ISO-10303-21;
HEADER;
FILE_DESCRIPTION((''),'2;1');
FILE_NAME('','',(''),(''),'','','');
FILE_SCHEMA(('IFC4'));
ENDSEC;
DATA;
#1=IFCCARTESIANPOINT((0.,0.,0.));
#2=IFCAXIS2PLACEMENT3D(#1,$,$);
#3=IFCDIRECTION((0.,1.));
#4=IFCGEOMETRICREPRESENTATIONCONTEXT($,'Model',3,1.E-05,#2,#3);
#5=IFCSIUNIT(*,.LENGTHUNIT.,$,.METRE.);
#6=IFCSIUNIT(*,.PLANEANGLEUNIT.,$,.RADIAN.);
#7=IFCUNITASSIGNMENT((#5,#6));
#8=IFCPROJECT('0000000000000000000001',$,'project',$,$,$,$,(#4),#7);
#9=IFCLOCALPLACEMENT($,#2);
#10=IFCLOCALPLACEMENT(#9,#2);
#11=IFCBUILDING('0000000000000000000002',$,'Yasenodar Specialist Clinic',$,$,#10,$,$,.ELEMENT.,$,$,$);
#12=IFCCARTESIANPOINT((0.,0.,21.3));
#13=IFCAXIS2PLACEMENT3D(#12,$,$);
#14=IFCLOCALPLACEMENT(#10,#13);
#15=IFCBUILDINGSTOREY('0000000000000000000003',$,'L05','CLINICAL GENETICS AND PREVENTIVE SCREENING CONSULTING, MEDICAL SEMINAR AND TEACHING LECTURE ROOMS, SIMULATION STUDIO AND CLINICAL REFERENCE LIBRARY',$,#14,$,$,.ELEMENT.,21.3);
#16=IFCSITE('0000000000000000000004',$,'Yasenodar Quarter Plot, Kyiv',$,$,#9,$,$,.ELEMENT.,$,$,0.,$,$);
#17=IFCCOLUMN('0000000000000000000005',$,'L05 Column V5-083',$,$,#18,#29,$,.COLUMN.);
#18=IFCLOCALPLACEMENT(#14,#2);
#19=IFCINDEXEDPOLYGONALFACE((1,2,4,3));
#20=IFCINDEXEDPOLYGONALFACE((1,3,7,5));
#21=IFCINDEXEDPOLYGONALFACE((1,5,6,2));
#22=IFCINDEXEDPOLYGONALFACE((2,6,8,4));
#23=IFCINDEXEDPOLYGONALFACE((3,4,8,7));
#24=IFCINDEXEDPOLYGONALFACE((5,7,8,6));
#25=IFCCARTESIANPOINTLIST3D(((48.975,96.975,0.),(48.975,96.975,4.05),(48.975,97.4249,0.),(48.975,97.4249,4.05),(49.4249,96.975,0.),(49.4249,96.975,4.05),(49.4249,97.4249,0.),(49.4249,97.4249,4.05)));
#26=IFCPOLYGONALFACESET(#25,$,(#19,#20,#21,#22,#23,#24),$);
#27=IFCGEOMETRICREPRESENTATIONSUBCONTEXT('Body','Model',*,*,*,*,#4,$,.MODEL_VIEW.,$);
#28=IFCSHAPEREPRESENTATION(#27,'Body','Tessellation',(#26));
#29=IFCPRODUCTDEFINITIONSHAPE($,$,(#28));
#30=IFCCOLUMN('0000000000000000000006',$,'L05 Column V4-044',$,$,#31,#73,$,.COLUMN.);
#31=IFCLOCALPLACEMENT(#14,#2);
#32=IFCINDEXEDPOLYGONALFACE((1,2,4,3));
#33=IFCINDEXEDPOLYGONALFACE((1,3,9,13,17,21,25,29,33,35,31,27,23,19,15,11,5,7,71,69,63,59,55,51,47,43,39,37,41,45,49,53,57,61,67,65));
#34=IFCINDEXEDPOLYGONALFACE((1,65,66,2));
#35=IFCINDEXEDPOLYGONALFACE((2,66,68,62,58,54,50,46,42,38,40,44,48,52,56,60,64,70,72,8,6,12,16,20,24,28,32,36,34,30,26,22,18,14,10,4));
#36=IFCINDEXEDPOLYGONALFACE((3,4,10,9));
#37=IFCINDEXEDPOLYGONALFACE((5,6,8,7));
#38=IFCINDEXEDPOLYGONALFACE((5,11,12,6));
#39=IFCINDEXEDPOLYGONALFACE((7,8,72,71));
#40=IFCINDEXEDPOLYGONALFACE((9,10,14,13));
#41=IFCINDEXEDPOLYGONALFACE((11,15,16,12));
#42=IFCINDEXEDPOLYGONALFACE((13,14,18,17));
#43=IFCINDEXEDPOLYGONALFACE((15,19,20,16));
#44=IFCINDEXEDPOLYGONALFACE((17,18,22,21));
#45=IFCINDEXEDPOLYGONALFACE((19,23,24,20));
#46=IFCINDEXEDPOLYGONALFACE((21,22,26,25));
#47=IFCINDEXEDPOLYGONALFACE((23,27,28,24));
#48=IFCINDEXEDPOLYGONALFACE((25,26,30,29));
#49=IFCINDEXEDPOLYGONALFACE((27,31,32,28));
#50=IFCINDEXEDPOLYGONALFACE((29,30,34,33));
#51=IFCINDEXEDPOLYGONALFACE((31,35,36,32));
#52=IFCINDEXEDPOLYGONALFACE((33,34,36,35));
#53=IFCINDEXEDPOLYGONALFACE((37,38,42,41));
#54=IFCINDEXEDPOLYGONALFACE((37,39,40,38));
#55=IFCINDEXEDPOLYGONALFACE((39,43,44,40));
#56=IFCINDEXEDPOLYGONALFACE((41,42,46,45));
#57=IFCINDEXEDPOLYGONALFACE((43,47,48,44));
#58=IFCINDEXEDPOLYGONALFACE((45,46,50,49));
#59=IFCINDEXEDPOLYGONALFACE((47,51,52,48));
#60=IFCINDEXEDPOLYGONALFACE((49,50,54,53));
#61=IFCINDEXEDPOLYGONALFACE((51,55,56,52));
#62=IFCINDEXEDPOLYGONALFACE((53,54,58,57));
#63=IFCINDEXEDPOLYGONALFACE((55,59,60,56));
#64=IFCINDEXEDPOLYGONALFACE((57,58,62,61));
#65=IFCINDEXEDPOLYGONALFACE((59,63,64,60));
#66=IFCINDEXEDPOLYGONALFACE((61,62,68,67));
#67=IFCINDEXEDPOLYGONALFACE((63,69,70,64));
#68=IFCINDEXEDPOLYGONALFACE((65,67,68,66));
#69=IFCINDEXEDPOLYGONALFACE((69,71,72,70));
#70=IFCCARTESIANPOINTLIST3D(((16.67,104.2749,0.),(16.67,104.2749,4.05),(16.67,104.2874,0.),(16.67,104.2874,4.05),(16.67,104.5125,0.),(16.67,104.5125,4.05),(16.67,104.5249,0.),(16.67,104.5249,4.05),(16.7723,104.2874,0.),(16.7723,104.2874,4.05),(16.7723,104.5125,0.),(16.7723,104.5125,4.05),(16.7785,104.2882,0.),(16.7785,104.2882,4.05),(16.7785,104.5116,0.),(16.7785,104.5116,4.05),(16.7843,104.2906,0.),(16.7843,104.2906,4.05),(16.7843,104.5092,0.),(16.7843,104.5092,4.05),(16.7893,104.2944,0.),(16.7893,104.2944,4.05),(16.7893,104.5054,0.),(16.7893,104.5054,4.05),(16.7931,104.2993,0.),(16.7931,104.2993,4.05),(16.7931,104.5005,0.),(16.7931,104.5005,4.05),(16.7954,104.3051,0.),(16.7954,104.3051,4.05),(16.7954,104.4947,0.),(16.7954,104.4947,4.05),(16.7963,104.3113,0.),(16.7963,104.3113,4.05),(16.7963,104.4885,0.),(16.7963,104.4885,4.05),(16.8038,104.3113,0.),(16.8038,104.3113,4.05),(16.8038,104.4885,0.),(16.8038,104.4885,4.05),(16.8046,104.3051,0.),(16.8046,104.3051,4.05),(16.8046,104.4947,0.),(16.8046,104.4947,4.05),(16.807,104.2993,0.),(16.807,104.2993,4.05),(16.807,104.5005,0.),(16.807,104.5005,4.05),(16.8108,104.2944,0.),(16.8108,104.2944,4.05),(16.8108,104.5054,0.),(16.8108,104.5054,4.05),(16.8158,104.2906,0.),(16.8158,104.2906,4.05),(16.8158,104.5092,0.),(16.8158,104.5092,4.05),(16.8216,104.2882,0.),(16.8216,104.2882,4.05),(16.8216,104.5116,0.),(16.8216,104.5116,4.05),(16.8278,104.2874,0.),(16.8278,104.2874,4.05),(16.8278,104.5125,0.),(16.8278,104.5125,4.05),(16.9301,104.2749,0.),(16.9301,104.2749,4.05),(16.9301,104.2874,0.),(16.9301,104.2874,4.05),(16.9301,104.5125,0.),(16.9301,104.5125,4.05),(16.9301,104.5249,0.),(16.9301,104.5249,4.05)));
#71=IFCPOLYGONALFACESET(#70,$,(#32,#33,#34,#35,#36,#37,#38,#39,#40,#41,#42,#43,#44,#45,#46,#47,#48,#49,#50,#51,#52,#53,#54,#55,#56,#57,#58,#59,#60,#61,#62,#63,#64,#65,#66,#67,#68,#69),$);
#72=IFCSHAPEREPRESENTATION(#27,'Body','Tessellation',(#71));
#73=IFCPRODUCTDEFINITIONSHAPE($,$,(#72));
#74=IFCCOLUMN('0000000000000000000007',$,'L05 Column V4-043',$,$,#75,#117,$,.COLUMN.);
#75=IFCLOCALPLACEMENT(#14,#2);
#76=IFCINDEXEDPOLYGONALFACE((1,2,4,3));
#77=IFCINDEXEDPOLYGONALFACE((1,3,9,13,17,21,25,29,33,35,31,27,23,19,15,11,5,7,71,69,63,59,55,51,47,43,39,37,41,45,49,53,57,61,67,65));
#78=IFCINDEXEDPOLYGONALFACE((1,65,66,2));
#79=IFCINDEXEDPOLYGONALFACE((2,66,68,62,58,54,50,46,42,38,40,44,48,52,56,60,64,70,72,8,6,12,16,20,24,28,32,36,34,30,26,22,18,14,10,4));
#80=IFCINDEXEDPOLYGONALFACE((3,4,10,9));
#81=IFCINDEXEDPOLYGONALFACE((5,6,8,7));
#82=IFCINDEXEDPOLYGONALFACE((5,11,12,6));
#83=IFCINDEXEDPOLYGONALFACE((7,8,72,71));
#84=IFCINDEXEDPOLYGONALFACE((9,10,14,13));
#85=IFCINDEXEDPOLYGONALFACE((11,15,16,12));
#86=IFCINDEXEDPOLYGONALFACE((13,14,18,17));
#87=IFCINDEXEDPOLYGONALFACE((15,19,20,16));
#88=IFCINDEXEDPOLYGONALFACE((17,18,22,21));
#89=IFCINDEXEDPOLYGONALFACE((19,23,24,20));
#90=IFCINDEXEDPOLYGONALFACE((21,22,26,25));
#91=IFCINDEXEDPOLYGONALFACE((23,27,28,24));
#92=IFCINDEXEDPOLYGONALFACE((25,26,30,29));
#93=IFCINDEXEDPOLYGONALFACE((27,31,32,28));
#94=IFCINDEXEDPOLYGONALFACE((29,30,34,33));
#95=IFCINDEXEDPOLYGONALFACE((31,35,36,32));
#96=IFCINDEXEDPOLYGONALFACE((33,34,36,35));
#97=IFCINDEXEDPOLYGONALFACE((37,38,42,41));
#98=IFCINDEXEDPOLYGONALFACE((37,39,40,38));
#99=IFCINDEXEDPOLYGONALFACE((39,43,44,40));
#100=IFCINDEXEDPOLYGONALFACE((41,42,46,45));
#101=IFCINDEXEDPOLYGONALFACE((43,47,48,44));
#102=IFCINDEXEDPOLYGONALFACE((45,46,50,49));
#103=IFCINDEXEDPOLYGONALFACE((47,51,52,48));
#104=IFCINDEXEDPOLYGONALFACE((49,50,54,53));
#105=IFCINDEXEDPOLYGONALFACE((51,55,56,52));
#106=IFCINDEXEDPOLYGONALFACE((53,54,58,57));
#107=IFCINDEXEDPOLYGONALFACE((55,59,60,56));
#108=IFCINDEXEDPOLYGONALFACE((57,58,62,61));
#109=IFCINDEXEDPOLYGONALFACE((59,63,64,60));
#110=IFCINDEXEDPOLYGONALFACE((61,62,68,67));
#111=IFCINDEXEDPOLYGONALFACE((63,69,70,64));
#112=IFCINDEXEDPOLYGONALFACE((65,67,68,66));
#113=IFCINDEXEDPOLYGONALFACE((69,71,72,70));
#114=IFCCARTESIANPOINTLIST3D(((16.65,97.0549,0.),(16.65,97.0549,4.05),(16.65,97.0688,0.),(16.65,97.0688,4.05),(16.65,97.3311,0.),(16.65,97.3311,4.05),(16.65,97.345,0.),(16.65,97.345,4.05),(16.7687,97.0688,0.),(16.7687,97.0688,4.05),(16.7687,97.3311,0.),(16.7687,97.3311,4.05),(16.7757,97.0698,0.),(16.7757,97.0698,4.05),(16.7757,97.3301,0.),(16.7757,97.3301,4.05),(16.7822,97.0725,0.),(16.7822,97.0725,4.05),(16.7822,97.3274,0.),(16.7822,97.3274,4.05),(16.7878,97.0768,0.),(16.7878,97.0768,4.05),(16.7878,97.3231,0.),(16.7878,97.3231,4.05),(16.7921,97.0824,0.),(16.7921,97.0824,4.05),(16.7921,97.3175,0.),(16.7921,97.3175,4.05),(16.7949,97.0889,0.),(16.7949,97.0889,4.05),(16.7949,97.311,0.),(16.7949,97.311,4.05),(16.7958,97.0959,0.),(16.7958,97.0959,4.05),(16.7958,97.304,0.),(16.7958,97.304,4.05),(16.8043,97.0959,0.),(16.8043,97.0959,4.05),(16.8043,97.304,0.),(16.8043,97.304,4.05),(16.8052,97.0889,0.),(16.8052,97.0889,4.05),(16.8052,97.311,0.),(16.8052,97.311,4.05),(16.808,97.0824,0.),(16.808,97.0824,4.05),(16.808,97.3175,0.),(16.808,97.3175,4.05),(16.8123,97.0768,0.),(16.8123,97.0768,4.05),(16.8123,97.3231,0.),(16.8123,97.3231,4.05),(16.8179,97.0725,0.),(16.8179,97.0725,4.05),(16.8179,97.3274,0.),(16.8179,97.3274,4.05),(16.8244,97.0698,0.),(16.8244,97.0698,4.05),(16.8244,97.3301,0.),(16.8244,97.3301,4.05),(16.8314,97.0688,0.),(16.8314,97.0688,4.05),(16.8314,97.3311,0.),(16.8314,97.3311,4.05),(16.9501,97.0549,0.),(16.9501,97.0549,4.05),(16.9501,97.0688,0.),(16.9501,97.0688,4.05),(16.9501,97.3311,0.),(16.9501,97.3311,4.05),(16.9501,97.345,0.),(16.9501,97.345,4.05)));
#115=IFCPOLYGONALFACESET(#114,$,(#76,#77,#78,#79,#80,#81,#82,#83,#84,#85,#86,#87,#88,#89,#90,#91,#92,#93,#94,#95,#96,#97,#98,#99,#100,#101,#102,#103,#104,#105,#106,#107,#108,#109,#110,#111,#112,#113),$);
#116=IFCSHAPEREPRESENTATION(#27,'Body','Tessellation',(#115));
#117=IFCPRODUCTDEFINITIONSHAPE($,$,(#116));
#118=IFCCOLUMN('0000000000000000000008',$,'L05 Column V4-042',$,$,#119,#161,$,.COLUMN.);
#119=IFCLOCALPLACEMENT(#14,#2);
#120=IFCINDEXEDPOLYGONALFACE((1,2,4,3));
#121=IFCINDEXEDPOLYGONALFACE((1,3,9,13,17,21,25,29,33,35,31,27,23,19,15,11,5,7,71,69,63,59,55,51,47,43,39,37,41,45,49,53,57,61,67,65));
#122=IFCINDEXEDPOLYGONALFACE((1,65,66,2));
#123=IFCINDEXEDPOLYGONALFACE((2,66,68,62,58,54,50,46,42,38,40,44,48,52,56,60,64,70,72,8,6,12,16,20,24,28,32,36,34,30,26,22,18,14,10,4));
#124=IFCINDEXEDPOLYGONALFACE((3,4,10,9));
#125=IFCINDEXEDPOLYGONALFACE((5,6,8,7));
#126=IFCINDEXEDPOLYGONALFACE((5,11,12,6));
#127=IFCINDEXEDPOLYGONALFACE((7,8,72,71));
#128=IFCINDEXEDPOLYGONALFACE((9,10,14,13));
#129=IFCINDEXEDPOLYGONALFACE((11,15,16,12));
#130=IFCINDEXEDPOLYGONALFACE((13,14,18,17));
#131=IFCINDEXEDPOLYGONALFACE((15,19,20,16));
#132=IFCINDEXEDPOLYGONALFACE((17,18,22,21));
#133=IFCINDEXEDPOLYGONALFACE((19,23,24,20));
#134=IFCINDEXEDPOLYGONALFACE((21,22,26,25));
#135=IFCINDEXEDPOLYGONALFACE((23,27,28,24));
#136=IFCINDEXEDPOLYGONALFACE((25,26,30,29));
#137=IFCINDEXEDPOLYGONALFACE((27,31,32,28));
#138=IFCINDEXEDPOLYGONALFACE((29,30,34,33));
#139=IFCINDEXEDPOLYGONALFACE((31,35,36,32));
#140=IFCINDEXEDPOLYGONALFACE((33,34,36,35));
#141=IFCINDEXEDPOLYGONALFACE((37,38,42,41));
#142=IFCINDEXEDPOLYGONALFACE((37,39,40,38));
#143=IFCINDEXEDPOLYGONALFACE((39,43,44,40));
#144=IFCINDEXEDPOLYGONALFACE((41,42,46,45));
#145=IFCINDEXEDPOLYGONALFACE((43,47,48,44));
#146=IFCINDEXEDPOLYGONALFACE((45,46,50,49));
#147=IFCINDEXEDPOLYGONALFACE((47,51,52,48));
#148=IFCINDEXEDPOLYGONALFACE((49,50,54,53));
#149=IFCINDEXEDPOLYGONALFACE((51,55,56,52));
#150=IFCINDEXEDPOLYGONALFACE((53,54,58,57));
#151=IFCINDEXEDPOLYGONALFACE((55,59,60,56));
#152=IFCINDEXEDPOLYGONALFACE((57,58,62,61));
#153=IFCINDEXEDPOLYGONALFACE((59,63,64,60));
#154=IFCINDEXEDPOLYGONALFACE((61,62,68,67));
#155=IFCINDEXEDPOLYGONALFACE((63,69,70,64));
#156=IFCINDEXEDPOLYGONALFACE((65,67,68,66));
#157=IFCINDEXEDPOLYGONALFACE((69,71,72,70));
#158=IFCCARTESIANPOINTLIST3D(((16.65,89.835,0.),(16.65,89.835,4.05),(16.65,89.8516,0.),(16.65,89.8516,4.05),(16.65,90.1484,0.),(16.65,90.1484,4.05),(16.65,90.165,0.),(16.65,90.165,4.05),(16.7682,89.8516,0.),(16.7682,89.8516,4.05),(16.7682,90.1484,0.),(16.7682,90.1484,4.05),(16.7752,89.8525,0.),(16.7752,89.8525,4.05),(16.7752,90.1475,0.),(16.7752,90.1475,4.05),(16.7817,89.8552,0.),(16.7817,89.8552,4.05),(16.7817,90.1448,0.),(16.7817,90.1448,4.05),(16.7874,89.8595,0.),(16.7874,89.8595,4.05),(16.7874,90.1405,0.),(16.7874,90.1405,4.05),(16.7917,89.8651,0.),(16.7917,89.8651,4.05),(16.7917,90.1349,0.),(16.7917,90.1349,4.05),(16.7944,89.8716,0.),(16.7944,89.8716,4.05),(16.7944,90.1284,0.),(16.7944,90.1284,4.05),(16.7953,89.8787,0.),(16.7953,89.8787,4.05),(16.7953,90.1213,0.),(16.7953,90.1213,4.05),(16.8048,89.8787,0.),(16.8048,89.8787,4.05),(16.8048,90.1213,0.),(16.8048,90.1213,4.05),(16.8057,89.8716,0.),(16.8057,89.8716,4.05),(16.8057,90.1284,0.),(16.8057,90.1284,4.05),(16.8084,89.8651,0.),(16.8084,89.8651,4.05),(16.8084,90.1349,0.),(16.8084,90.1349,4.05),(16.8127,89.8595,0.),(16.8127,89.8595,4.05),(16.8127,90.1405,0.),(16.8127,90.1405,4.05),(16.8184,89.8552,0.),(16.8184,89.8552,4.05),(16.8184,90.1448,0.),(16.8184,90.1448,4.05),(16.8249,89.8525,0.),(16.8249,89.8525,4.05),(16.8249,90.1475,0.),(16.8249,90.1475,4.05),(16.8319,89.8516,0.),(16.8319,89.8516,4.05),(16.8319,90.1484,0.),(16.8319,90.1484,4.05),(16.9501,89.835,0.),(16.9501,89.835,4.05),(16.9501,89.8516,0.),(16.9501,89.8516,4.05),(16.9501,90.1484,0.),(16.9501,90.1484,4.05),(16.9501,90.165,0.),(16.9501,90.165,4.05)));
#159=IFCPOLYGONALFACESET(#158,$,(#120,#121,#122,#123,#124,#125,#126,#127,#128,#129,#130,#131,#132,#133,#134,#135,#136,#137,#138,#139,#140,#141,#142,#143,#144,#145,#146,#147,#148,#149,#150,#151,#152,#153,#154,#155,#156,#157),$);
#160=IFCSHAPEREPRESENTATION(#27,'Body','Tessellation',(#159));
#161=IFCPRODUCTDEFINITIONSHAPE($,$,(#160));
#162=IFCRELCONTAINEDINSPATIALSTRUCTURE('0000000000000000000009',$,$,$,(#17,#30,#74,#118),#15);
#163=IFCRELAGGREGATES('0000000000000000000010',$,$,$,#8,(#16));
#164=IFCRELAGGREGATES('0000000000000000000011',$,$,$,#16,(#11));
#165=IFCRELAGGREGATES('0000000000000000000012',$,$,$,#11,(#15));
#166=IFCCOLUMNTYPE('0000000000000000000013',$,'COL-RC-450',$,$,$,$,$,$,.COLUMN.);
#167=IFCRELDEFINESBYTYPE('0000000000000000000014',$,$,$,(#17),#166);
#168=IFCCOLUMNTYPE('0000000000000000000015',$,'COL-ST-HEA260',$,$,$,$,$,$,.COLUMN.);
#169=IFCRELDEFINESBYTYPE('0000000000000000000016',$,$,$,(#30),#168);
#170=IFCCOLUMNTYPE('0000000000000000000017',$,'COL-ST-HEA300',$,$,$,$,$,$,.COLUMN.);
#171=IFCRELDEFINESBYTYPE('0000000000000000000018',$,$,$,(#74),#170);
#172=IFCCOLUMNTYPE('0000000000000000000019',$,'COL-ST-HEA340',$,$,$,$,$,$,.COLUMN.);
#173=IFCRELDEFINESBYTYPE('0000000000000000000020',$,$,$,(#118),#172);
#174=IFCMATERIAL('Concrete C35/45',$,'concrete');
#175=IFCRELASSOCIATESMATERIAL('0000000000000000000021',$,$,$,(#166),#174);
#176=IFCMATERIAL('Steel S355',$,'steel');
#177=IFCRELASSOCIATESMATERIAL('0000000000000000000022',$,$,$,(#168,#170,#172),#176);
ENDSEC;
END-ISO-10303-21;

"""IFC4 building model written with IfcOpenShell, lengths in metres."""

from ifc_helpers import new_model, si_unit, direction, frame, origin, origin_2d, place, context, subcontext, project, spatial, rectangle, i_section, extrude, material, material_profile, profile_set, type_object, element, save


model = new_model("IFC4")

# Units and contexts
model_context = context("Model", 3, precision=1e-05, world=origin(), true_north=direction((0.0, 1.0)))
body_context = subcontext(model_context, "Body", "Model", "MODEL_VIEW")
ifc_project = project(units=[si_unit("LENGTHUNIT", "METRE"), si_unit("PLANEANGLEUNIT", "RADIAN")], contexts=[model_context])

# Site, building, storey
site_placement = place(None, origin())
site = spatial("IfcSite", under=ifc_project, at=site_placement, Name="Yasenodar Quarter Plot, Kyiv", CompositionType="ELEMENT", RefElevation=0.0)
building_placement = place(site_placement, origin())
building = spatial("IfcBuilding", under=site, at=building_placement, Name="Yasenodar Specialist Clinic", CompositionType="ELEMENT")
storey_placement = place(building_placement, frame((0.0, 0.0, 21.3)))
storey = spatial("IfcBuildingStorey", under=building, at=storey_placement, Name="L05", Description="CLINICAL GENETICS AND PREVENTIVE SCREENING CONSULTING, MEDICAL SEMINAR AND TEACHING LECTURE ROOMS, SIMULATION STUDIO AND CLINICAL REFERENCE LIBRARY", CompositionType="ELEMENT", Elevation=21.3)

# Columns
ifc_material_1 = material(Name="Concrete C35/45", Category="concrete")
ifc_material_profile_1 = material_profile(ifc_material_1, rectangle(XDim=0.45, YDim=0.45, at=origin_2d()), Name="RC 450x450")
ifc_profile_set_1 = profile_set([ifc_material_profile_1], Name="Concrete C35/45")
column_type_1 = type_object("IfcColumnType", Name="COL-RC-450", PredefinedType="COLUMN", material=ifc_profile_set_1)
column_1_placement = place(storey_placement, frame((49.2, 97.2, 0.0), z_axis=(0.0, 0.0, 1.0), x_axis=(1.0, 0.0, 0.0)))
element("IfcColumn", 1, at=column_1_placement, inside=storey, type_object=column_type_1, Name="L05 Column V5-083", PredefinedType="COLUMN", context=body_context, shape_type="SweptSolid", body=[
    extrude(rectangle(XDim=0.45, YDim=0.45, at=origin_2d()), origin(), (0.0, 0.0, 1.0), 4.05),
])
ifc_material_2 = material(Name="Steel S355", Category="steel")
ifc_material_profile_2 = material_profile(ifc_material_2, i_section(OverallWidth=0.26, OverallDepth=0.25, WebThickness=0.0076, FlangeThickness=0.0125, FilletRadius=0.0239, at=origin_2d()), Name="HEA 260")
ifc_profile_set_2 = profile_set([ifc_material_profile_2], Name="Steel S355")
column_type_2 = type_object("IfcColumnType", Name="COL-ST-HEA260", PredefinedType="COLUMN", material=ifc_profile_set_2)
column_2_placement = place(storey_placement, frame((16.8, 104.3999, 0.0), z_axis=(0.0, 0.0, 1.0), x_axis=(1.0, 0.0, 0.0)))
element("IfcColumn", 2, at=column_2_placement, inside=storey, type_object=column_type_2, Name="L05 Column V4-044", PredefinedType="COLUMN", context=body_context, shape_type="SweptSolid", body=[
    extrude(i_section(OverallWidth=0.26, OverallDepth=0.25, WebThickness=0.0076, FlangeThickness=0.0125, FilletRadius=0.0239, at=origin_2d()), origin(), (0.0, 0.0, 1.0), 4.05),
])
ifc_material_profile_3 = material_profile(ifc_material_2, i_section(OverallWidth=0.3, OverallDepth=0.29, WebThickness=0.0085, FlangeThickness=0.0139, FilletRadius=0.0271, at=origin_2d()), Name="HEA 300")
ifc_profile_set_3 = profile_set([ifc_material_profile_3], Name="Steel S355")
column_type_3 = type_object("IfcColumnType", Name="COL-ST-HEA300", PredefinedType="COLUMN", material=ifc_profile_set_3)
column_3_placement = place(storey_placement, frame((16.8, 97.2, 0.0), z_axis=(0.0, 0.0, 1.0), x_axis=(1.0, 0.0, 0.0)))
element("IfcColumn", 3, at=column_3_placement, inside=storey, type_object=column_type_3, Name="L05 Column V4-043", PredefinedType="COLUMN", context=body_context, shape_type="SweptSolid", body=[
    extrude(i_section(OverallWidth=0.3, OverallDepth=0.29, WebThickness=0.0085, FlangeThickness=0.0139, FilletRadius=0.0271, at=origin_2d()), origin(), (0.0, 0.0, 1.0), 4.05),
])
ifc_material_profile_4 = material_profile(ifc_material_2, i_section(OverallWidth=0.3, OverallDepth=0.3301, WebThickness=0.0095, FlangeThickness=0.0166, FilletRadius=0.0271, at=origin_2d()), Name="HEA 340")
ifc_profile_set_4 = profile_set([ifc_material_profile_4], Name="Steel S355")
column_type_4 = type_object("IfcColumnType", Name="COL-ST-HEA340", PredefinedType="COLUMN", material=ifc_profile_set_4)
for number, where, z_axis, x_axis, name in (
    (4, (16.8, 90.0, 0.0), (0.0, 0.0, 1.0), (1.0, 0.0, 0.0), "L05 Column V4-042"),
):
    element("IfcColumn", number, at=place(storey_placement, frame(where, z_axis=z_axis, x_axis=x_axis)), inside=storey, type_object=column_type_4, Name=name, PredefinedType="COLUMN", context=body_context, shape_type="SweptSolid", body=[
        extrude(i_section(OverallWidth=0.3, OverallDepth=0.3301, WebThickness=0.0095, FlangeThickness=0.0166, FilletRadius=0.0271, at=origin_2d()), origin(), (0.0, 0.0, 1.0), 4.05),
    ])

save(model, "model.ifc")
